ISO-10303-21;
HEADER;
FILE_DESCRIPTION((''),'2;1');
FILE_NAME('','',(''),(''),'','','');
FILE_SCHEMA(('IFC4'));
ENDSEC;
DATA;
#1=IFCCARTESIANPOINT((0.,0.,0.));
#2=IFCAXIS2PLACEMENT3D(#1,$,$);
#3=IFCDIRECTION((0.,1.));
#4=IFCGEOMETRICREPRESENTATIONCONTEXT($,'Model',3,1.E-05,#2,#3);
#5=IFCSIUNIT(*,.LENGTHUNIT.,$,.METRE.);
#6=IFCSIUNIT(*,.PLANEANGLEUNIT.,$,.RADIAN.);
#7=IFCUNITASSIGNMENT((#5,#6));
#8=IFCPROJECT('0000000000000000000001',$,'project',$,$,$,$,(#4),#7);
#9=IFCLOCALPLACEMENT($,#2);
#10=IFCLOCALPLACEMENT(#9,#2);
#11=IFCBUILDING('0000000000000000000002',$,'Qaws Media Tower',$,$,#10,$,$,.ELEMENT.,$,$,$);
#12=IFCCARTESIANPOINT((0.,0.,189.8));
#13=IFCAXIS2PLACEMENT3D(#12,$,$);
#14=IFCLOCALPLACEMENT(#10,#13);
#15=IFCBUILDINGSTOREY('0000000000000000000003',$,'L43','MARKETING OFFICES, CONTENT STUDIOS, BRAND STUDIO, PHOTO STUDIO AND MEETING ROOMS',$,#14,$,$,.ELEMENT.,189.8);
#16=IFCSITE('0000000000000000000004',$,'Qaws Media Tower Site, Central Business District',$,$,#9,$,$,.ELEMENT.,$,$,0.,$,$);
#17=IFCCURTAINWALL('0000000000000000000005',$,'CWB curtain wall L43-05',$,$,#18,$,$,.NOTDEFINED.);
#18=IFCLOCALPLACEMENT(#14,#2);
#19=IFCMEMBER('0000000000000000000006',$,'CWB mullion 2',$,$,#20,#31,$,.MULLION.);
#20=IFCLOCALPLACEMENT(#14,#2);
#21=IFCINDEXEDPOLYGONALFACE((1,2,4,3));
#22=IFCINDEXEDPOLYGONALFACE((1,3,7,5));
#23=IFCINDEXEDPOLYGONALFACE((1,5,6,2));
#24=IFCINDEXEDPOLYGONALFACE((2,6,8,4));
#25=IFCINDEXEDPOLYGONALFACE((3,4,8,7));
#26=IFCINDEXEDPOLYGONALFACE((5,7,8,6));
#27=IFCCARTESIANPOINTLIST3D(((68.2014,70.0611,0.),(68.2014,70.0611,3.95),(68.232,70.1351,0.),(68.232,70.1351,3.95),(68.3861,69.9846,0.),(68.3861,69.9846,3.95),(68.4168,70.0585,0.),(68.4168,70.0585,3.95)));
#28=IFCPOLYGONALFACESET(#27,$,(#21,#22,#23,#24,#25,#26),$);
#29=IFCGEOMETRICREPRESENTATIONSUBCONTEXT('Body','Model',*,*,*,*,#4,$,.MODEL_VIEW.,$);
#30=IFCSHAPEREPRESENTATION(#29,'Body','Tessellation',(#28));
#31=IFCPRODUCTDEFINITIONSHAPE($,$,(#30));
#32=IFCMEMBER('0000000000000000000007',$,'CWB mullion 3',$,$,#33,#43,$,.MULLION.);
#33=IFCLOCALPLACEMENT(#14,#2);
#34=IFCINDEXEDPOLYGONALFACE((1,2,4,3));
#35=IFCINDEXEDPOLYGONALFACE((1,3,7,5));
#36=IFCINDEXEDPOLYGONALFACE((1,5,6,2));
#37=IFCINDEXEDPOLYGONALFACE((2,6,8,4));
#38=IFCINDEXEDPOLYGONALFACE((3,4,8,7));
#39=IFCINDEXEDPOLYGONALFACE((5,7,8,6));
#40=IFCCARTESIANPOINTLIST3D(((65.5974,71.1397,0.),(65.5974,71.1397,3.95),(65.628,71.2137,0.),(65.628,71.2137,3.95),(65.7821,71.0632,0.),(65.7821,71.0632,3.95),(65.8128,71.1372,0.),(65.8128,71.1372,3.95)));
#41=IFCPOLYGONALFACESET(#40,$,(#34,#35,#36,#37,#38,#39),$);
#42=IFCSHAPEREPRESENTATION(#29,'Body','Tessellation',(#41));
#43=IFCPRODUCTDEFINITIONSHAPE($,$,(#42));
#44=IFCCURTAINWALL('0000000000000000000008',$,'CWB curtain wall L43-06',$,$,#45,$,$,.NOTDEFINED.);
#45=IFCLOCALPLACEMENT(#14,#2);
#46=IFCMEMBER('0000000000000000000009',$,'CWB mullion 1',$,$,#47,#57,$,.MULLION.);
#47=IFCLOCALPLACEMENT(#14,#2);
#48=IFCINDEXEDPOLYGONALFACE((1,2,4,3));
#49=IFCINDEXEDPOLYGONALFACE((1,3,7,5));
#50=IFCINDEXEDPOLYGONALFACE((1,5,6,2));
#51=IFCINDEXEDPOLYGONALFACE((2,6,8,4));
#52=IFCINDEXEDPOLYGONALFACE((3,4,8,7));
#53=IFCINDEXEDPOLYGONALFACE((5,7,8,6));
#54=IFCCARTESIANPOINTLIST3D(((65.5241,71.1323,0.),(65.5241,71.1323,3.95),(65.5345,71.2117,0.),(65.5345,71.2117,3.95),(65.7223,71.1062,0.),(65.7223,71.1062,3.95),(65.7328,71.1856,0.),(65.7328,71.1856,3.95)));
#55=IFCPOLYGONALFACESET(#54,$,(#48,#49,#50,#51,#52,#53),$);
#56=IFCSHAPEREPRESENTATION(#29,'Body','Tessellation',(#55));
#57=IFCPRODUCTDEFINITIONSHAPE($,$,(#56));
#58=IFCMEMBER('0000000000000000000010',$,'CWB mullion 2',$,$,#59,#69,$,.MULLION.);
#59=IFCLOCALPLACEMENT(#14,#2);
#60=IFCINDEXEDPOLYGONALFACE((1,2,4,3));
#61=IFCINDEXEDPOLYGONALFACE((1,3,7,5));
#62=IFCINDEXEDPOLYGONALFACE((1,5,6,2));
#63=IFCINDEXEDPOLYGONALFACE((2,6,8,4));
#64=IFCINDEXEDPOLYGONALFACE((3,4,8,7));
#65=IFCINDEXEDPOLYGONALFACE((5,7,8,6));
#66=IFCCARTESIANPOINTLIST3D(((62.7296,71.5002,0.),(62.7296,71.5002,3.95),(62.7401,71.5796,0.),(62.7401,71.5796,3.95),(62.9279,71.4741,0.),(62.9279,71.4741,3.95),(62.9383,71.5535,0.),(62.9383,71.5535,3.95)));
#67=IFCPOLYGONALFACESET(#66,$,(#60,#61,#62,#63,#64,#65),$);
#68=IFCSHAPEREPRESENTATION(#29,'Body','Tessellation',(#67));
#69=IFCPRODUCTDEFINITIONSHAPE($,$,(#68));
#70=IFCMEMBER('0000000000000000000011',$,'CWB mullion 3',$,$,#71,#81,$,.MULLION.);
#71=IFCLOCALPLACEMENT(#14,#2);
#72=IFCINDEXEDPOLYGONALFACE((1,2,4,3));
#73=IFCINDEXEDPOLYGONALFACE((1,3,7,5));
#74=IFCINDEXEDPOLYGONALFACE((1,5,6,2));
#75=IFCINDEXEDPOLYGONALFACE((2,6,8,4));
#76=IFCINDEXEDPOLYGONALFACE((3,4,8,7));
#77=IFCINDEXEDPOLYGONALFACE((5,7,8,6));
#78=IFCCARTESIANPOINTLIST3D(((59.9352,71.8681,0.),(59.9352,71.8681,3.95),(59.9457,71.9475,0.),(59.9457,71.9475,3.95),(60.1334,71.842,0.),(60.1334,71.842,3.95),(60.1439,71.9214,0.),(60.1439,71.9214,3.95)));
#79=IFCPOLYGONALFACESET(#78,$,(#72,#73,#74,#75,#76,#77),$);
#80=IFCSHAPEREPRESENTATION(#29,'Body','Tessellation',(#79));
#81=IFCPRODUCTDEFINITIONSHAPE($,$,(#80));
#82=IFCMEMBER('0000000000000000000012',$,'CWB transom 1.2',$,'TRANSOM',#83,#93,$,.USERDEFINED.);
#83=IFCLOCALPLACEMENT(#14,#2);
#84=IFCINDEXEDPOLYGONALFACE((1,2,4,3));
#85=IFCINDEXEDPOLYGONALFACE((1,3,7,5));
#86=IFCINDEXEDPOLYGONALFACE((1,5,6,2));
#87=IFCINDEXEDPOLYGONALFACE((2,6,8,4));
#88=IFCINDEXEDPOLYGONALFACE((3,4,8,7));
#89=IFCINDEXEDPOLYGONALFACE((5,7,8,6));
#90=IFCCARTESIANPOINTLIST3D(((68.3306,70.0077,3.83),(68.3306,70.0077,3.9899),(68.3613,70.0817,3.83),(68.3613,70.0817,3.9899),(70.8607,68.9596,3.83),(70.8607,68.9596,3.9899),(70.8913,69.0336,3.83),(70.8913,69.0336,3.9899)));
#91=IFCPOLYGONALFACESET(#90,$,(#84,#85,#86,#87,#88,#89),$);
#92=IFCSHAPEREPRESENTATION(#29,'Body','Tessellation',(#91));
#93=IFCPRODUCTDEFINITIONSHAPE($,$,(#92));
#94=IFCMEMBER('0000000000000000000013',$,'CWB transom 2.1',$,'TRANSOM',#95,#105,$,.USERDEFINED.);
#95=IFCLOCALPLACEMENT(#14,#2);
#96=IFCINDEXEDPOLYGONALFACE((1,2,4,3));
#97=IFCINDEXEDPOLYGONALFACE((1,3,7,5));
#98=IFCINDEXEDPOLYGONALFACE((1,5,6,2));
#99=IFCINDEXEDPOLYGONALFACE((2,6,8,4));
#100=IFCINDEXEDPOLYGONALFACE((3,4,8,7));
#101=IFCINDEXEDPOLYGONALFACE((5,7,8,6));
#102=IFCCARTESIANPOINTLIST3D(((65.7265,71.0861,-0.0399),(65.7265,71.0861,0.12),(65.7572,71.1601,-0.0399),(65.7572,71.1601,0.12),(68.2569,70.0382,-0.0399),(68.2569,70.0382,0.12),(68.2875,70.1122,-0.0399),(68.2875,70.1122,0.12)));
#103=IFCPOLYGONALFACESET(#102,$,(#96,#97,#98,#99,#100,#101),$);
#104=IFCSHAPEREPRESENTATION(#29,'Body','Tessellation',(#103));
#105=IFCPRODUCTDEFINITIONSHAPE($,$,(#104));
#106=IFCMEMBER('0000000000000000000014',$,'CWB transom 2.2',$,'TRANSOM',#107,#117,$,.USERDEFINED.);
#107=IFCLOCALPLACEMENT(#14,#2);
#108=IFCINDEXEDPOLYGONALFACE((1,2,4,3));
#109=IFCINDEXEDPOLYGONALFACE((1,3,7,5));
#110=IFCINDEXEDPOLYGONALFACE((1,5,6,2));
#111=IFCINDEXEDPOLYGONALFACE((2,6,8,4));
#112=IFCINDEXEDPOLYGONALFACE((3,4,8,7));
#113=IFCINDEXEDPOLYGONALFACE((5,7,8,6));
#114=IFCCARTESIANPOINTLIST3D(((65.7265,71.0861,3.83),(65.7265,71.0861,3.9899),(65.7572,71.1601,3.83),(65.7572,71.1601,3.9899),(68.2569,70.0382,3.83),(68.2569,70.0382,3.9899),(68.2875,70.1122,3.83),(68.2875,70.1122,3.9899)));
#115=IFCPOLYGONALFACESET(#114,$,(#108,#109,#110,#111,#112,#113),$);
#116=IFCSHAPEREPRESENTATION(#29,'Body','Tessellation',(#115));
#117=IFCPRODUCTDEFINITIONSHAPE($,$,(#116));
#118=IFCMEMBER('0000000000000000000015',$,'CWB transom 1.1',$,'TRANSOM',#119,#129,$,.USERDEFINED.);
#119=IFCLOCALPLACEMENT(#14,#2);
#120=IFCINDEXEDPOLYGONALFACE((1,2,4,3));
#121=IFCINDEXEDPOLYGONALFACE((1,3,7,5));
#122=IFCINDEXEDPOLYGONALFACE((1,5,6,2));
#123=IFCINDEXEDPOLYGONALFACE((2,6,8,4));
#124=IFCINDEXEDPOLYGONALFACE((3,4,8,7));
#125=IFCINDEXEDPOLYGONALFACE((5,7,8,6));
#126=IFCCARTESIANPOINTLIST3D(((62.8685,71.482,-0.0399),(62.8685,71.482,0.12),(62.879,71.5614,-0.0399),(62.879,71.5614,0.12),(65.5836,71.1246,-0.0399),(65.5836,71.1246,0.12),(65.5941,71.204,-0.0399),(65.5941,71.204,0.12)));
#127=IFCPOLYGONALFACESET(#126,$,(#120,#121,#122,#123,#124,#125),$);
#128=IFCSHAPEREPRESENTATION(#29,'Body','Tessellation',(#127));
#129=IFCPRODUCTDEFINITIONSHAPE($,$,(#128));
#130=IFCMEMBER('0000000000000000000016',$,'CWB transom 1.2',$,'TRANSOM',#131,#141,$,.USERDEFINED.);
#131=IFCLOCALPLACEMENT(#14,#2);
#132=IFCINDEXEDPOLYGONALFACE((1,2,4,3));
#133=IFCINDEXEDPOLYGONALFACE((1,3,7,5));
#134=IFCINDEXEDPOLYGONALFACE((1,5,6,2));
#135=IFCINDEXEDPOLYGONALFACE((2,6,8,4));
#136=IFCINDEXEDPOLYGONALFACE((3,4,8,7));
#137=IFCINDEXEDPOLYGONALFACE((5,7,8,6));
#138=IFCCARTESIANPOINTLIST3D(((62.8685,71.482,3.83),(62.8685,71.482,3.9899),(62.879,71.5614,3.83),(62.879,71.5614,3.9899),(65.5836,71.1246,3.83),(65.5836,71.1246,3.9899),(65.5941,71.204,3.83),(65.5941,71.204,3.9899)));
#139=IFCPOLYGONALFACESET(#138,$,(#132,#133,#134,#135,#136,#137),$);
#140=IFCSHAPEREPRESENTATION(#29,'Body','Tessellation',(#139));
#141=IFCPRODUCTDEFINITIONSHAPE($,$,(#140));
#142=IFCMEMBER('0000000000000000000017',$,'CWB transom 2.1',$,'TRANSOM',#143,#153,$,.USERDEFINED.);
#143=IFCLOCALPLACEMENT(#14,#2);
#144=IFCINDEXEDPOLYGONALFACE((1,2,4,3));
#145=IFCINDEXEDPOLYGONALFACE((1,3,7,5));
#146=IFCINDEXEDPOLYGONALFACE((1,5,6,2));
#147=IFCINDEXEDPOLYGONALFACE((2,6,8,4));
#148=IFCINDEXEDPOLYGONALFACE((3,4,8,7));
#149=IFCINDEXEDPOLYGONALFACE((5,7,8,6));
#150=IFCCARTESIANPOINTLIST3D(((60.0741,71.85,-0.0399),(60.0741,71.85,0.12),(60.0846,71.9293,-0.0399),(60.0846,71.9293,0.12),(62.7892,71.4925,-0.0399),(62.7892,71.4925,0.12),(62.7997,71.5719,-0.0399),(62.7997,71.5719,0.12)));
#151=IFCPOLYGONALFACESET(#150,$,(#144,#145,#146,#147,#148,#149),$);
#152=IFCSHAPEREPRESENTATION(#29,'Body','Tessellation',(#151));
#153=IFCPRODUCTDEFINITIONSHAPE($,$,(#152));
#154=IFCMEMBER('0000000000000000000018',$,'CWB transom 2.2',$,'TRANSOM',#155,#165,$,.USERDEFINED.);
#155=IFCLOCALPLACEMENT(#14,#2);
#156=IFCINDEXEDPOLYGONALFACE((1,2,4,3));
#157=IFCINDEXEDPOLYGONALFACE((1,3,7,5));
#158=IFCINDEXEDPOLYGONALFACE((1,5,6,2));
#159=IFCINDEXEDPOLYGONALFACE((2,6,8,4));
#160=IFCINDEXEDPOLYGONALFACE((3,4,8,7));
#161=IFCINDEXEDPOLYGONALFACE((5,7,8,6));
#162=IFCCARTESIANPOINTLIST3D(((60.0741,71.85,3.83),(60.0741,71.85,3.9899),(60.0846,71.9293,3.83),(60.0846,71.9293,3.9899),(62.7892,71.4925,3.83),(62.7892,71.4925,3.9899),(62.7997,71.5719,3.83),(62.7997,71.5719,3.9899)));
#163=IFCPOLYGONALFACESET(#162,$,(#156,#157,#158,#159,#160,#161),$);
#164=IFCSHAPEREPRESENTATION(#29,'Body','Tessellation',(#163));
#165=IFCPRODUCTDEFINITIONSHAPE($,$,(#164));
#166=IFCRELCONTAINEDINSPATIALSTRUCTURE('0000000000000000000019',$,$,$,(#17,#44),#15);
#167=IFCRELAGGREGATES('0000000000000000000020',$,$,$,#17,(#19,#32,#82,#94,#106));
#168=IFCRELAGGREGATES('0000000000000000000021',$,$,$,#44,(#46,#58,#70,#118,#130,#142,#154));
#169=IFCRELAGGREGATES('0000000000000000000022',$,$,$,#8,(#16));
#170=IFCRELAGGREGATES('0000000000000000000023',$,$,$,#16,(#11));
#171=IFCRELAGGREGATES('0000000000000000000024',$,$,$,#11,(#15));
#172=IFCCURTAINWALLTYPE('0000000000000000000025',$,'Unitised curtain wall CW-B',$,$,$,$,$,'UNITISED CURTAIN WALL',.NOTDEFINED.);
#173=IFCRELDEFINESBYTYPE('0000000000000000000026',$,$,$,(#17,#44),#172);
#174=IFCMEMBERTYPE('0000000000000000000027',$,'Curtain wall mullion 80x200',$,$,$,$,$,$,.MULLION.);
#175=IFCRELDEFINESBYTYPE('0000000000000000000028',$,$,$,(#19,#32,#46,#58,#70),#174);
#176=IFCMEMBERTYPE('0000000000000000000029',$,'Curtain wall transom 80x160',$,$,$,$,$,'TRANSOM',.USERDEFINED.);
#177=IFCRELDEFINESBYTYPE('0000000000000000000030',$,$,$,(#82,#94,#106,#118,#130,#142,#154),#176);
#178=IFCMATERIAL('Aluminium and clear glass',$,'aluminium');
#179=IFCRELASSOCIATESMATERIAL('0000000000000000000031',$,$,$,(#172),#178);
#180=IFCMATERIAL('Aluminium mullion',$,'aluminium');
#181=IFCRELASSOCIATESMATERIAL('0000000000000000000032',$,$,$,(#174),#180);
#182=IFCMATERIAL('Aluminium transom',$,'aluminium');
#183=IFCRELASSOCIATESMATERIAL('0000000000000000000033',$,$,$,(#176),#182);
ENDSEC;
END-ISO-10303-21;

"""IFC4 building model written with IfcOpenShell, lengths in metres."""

from ifc_helpers import new_model, si_unit, direction, frame, origin, origin_2d, place, context, subcontext, project, spatial, rectangle, extrude, material, material_profile, profile_set, type_object, element, aggregate, save


model = new_model("IFC4")

# Units and contexts
model_context = context("Model", 3, precision=1e-05, world=origin(), true_north=direction((0.0, 1.0)))
body_context = subcontext(model_context, "Body", "Model", "MODEL_VIEW")
ifc_project = project(units=[si_unit("LENGTHUNIT", "METRE"), si_unit("PLANEANGLEUNIT", "RADIAN")], contexts=[model_context])

# Site, building, storey
site_placement = place(None, origin())
site = spatial("IfcSite", under=ifc_project, at=site_placement, Name="Qaws Media Tower Site, Central Business District", CompositionType="ELEMENT", RefElevation=0.0)
building_placement = place(site_placement, origin())
building = spatial("IfcBuilding", under=site, at=building_placement, Name="Qaws Media Tower", CompositionType="ELEMENT")
storey_placement = place(building_placement, frame((0.0, 0.0, 189.8)))
storey = spatial("IfcBuildingStorey", under=building, at=storey_placement, Name="L43", Description="MARKETING OFFICES, CONTENT STUDIOS, BRAND STUDIO, PHOTO STUDIO AND MEETING ROOMS", CompositionType="ELEMENT", Elevation=189.8)

# Curtain walls, members
ifc_material_1 = material(Name="Aluminium and clear glass", Category="aluminium")
curtain_wall_type = type_object("IfcCurtainWallType", Name="Unitised curtain wall CW-B", ElementType="UNITISED CURTAIN WALL", PredefinedType="NOTDEFINED", material=ifc_material_1)
curtain_wall_1_placement = place(storey_placement, origin())
curtain_wall_1 = element("IfcCurtainWall", 1, at=curtain_wall_1_placement, inside=storey, type_object=curtain_wall_type, Name="CWB curtain wall L43-05", PredefinedType="NOTDEFINED")
ifc_material_2 = material(Name="Aluminium mullion", Category="aluminium")
ifc_material_profile_1 = material_profile(ifc_material_2, rectangle(XDim=0.0801, YDim=0.2, at=origin_2d()), Name="80x200")
ifc_profile_set_1 = profile_set([ifc_material_profile_1], Name="Aluminium mullion")
member_type_1 = type_object("IfcMemberType", Name="Curtain wall mullion 80x200", PredefinedType="MULLION", material=ifc_profile_set_1)
member_1_placement = place(storey_placement, frame((68.3091, 70.0598, 0.0), z_axis=(0.0, 0.0, 1.0), x_axis=(-0.382684, -0.923879, 0.0)))
member_1 = element("IfcMember", 2, at=member_1_placement, type_object=member_type_1, Name="CWB mullion 2", PredefinedType="MULLION", context=body_context, shape_type="SweptSolid", body=[
    extrude(rectangle(XDim=0.0801, YDim=0.2, at=origin_2d()), origin(), (0.0, 0.0, 1.0), 3.95),
])
member_2_placement = place(storey_placement, frame((65.7051, 71.1384, 0.0), z_axis=(0.0, 0.0, 1.0), x_axis=(-0.382684, -0.923879, 0.0)))
member_2 = element("IfcMember", 3, at=member_2_placement, type_object=member_type_1, Name="CWB mullion 3", PredefinedType="MULLION", context=body_context, shape_type="SweptSolid", body=[
    extrude(rectangle(XDim=0.0801, YDim=0.2, at=origin_2d()), origin(), (0.0, 0.0, 1.0), 3.95),
])
curtain_wall_2_placement = place(storey_placement, origin())
curtain_wall_2 = element("IfcCurtainWall", 4, at=curtain_wall_2_placement, inside=storey, type_object=curtain_wall_type, Name="CWB curtain wall L43-06", PredefinedType="NOTDEFINED")
member_3_placement = place(storey_placement, frame((65.6284, 71.1589, 0.0), z_axis=(0.0, 0.0, 1.0), x_axis=(-0.130526, -0.991445, 0.0)))
member_3 = element("IfcMember", 5, at=member_3_placement, type_object=member_type_1, Name="CWB mullion 1", PredefinedType="MULLION", context=body_context, shape_type="SweptSolid", body=[
    extrude(rectangle(XDim=0.0801, YDim=0.2, at=origin_2d()), origin(), (0.0, 0.0, 1.0), 3.95),
])
member_4_placement = place(storey_placement, frame((62.834, 71.5269, 0.0), z_axis=(0.0, 0.0, 1.0), x_axis=(-0.130526, -0.991445, 0.0)))
member_4 = element("IfcMember", 6, at=member_4_placement, type_object=member_type_1, Name="CWB mullion 2", PredefinedType="MULLION", context=body_context, shape_type="SweptSolid", body=[
    extrude(rectangle(XDim=0.0801, YDim=0.2, at=origin_2d()), origin(), (0.0, 0.0, 1.0), 3.95),
])
member_5_placement = place(storey_placement, frame((60.0396, 71.8948, 0.0), z_axis=(0.0, 0.0, 1.0), x_axis=(-0.130526, -0.991445, 0.0)))
member_5 = element("IfcMember", 7, at=member_5_placement, type_object=member_type_1, Name="CWB mullion 3", PredefinedType="MULLION", context=body_context, shape_type="SweptSolid", body=[
    extrude(rectangle(XDim=0.0801, YDim=0.2, at=origin_2d()), origin(), (0.0, 0.0, 1.0), 3.95),
])

# Members
ifc_material_3 = material(Name="Aluminium transom", Category="aluminium")
ifc_material_profile_2 = material_profile(ifc_material_3, rectangle(XDim=0.0801, YDim=0.1599, at=origin_2d()), Name="80x160")
ifc_profile_set_2 = profile_set([ifc_material_profile_2], Name="Aluminium transom")
member_type_2 = type_object("IfcMemberType", Name="Curtain wall transom 80x160", ElementType="TRANSOM", PredefinedType="USERDEFINED", material=ifc_profile_set_2)
member_6_placement = place(storey_placement, frame((70.876, 68.9966, 3.9099), z_axis=(-0.923864, 0.382722, 0.0), x_axis=(-0.382722, -0.923864, 0.0)))
member_6 = element("IfcMember", 8, at=member_6_placement, type_object=member_type_2, Name="CWB transom 1.2", ObjectType="TRANSOM", PredefinedType="USERDEFINED", context=body_context, shape_type="SweptSolid", body=[
    extrude(rectangle(XDim=0.0801, YDim=0.1599, at=origin_2d()), origin(), (0.0, 0.0, 1.0), 2.7385),
])
member_7_placement = place(storey_placement, frame((68.2722, 70.0752, 0.04), z_axis=(-0.923908, 0.382614, 0.0), x_axis=(-0.382614, -0.923908, 0.0)))
member_7 = element("IfcMember", 9, at=member_7_placement, type_object=member_type_2, Name="CWB transom 2.1", ObjectType="TRANSOM", PredefinedType="USERDEFINED", context=body_context, shape_type="SweptSolid", body=[
    extrude(rectangle(XDim=0.0801, YDim=0.1599, at=origin_2d()), origin(), (0.0, 0.0, 1.0), 2.7388),
])
member_8_placement = place(storey_placement, frame((68.2722, 70.0752, 3.9099), z_axis=(-0.923908, 0.382614, 0.0), x_axis=(-0.382614, -0.923908, 0.0)))
member_8 = element("IfcMember", 10, at=member_8_placement, type_object=member_type_2, Name="CWB transom 2.2", ObjectType="TRANSOM", PredefinedType="USERDEFINED", context=body_context, shape_type="SweptSolid", body=[
    extrude(rectangle(XDim=0.0801, YDim=0.1599, at=origin_2d()), origin(), (0.0, 0.0, 1.0), 2.7388),
])
member_9_placement = place(storey_placement, frame((65.5889, 71.1643, 0.04), z_axis=(-0.991446, 0.130517, 0.0), x_axis=(-0.130517, -0.991446, 0.0)))
member_9 = element("IfcMember", 11, at=member_9_placement, type_object=member_type_2, Name="CWB transom 1.1", ObjectType="TRANSOM", PredefinedType="USERDEFINED", context=body_context, shape_type="SweptSolid", body=[
    extrude(rectangle(XDim=0.0801, YDim=0.1599, at=origin_2d()), origin(), (0.0, 0.0, 1.0), 2.7385),
])
member_10_placement = place(storey_placement, frame((65.5889, 71.1643, 3.9099), z_axis=(-0.991446, 0.130517, 0.0), x_axis=(-0.130517, -0.991446, 0.0)))
member_10 = element("IfcMember", 12, at=member_10_placement, type_object=member_type_2, Name="CWB transom 1.2", ObjectType="TRANSOM", PredefinedType="USERDEFINED", context=body_context, shape_type="SweptSolid", body=[
    extrude(rectangle(XDim=0.0801, YDim=0.1599, at=origin_2d()), origin(), (0.0, 0.0, 1.0), 2.7385),
])
member_11_placement = place(storey_placement, frame((62.7944, 71.5322, 0.04), z_axis=(-0.991446, 0.130517, 0.0), x_axis=(-0.130517, -0.991446, 0.0)))
member_11 = element("IfcMember", 13, at=member_11_placement, type_object=member_type_2, Name="CWB transom 2.1", ObjectType="TRANSOM", PredefinedType="USERDEFINED", context=body_context, shape_type="SweptSolid", body=[
    extrude(rectangle(XDim=0.0801, YDim=0.1599, at=origin_2d()), origin(), (0.0, 0.0, 1.0), 2.7385),
])
member_12_placement = place(storey_placement, frame((62.7944, 71.5322, 3.9099), z_axis=(-0.991446, 0.130517, 0.0), x_axis=(-0.130517, -0.991446, 0.0)))
member_12 = element("IfcMember", 14, at=member_12_placement, type_object=member_type_2, Name="CWB transom 2.2", ObjectType="TRANSOM", PredefinedType="USERDEFINED", context=body_context, shape_type="SweptSolid", body=[
    extrude(rectangle(XDim=0.0801, YDim=0.1599, at=origin_2d()), origin(), (0.0, 0.0, 1.0), 2.7385),
])

aggregate(curtain_wall_1, [member_1, member_2, member_6, member_7, member_8])
aggregate(curtain_wall_2, [member_3, member_4, member_5, member_9, member_10, member_11, member_12])

save(model, "model.ifc")
